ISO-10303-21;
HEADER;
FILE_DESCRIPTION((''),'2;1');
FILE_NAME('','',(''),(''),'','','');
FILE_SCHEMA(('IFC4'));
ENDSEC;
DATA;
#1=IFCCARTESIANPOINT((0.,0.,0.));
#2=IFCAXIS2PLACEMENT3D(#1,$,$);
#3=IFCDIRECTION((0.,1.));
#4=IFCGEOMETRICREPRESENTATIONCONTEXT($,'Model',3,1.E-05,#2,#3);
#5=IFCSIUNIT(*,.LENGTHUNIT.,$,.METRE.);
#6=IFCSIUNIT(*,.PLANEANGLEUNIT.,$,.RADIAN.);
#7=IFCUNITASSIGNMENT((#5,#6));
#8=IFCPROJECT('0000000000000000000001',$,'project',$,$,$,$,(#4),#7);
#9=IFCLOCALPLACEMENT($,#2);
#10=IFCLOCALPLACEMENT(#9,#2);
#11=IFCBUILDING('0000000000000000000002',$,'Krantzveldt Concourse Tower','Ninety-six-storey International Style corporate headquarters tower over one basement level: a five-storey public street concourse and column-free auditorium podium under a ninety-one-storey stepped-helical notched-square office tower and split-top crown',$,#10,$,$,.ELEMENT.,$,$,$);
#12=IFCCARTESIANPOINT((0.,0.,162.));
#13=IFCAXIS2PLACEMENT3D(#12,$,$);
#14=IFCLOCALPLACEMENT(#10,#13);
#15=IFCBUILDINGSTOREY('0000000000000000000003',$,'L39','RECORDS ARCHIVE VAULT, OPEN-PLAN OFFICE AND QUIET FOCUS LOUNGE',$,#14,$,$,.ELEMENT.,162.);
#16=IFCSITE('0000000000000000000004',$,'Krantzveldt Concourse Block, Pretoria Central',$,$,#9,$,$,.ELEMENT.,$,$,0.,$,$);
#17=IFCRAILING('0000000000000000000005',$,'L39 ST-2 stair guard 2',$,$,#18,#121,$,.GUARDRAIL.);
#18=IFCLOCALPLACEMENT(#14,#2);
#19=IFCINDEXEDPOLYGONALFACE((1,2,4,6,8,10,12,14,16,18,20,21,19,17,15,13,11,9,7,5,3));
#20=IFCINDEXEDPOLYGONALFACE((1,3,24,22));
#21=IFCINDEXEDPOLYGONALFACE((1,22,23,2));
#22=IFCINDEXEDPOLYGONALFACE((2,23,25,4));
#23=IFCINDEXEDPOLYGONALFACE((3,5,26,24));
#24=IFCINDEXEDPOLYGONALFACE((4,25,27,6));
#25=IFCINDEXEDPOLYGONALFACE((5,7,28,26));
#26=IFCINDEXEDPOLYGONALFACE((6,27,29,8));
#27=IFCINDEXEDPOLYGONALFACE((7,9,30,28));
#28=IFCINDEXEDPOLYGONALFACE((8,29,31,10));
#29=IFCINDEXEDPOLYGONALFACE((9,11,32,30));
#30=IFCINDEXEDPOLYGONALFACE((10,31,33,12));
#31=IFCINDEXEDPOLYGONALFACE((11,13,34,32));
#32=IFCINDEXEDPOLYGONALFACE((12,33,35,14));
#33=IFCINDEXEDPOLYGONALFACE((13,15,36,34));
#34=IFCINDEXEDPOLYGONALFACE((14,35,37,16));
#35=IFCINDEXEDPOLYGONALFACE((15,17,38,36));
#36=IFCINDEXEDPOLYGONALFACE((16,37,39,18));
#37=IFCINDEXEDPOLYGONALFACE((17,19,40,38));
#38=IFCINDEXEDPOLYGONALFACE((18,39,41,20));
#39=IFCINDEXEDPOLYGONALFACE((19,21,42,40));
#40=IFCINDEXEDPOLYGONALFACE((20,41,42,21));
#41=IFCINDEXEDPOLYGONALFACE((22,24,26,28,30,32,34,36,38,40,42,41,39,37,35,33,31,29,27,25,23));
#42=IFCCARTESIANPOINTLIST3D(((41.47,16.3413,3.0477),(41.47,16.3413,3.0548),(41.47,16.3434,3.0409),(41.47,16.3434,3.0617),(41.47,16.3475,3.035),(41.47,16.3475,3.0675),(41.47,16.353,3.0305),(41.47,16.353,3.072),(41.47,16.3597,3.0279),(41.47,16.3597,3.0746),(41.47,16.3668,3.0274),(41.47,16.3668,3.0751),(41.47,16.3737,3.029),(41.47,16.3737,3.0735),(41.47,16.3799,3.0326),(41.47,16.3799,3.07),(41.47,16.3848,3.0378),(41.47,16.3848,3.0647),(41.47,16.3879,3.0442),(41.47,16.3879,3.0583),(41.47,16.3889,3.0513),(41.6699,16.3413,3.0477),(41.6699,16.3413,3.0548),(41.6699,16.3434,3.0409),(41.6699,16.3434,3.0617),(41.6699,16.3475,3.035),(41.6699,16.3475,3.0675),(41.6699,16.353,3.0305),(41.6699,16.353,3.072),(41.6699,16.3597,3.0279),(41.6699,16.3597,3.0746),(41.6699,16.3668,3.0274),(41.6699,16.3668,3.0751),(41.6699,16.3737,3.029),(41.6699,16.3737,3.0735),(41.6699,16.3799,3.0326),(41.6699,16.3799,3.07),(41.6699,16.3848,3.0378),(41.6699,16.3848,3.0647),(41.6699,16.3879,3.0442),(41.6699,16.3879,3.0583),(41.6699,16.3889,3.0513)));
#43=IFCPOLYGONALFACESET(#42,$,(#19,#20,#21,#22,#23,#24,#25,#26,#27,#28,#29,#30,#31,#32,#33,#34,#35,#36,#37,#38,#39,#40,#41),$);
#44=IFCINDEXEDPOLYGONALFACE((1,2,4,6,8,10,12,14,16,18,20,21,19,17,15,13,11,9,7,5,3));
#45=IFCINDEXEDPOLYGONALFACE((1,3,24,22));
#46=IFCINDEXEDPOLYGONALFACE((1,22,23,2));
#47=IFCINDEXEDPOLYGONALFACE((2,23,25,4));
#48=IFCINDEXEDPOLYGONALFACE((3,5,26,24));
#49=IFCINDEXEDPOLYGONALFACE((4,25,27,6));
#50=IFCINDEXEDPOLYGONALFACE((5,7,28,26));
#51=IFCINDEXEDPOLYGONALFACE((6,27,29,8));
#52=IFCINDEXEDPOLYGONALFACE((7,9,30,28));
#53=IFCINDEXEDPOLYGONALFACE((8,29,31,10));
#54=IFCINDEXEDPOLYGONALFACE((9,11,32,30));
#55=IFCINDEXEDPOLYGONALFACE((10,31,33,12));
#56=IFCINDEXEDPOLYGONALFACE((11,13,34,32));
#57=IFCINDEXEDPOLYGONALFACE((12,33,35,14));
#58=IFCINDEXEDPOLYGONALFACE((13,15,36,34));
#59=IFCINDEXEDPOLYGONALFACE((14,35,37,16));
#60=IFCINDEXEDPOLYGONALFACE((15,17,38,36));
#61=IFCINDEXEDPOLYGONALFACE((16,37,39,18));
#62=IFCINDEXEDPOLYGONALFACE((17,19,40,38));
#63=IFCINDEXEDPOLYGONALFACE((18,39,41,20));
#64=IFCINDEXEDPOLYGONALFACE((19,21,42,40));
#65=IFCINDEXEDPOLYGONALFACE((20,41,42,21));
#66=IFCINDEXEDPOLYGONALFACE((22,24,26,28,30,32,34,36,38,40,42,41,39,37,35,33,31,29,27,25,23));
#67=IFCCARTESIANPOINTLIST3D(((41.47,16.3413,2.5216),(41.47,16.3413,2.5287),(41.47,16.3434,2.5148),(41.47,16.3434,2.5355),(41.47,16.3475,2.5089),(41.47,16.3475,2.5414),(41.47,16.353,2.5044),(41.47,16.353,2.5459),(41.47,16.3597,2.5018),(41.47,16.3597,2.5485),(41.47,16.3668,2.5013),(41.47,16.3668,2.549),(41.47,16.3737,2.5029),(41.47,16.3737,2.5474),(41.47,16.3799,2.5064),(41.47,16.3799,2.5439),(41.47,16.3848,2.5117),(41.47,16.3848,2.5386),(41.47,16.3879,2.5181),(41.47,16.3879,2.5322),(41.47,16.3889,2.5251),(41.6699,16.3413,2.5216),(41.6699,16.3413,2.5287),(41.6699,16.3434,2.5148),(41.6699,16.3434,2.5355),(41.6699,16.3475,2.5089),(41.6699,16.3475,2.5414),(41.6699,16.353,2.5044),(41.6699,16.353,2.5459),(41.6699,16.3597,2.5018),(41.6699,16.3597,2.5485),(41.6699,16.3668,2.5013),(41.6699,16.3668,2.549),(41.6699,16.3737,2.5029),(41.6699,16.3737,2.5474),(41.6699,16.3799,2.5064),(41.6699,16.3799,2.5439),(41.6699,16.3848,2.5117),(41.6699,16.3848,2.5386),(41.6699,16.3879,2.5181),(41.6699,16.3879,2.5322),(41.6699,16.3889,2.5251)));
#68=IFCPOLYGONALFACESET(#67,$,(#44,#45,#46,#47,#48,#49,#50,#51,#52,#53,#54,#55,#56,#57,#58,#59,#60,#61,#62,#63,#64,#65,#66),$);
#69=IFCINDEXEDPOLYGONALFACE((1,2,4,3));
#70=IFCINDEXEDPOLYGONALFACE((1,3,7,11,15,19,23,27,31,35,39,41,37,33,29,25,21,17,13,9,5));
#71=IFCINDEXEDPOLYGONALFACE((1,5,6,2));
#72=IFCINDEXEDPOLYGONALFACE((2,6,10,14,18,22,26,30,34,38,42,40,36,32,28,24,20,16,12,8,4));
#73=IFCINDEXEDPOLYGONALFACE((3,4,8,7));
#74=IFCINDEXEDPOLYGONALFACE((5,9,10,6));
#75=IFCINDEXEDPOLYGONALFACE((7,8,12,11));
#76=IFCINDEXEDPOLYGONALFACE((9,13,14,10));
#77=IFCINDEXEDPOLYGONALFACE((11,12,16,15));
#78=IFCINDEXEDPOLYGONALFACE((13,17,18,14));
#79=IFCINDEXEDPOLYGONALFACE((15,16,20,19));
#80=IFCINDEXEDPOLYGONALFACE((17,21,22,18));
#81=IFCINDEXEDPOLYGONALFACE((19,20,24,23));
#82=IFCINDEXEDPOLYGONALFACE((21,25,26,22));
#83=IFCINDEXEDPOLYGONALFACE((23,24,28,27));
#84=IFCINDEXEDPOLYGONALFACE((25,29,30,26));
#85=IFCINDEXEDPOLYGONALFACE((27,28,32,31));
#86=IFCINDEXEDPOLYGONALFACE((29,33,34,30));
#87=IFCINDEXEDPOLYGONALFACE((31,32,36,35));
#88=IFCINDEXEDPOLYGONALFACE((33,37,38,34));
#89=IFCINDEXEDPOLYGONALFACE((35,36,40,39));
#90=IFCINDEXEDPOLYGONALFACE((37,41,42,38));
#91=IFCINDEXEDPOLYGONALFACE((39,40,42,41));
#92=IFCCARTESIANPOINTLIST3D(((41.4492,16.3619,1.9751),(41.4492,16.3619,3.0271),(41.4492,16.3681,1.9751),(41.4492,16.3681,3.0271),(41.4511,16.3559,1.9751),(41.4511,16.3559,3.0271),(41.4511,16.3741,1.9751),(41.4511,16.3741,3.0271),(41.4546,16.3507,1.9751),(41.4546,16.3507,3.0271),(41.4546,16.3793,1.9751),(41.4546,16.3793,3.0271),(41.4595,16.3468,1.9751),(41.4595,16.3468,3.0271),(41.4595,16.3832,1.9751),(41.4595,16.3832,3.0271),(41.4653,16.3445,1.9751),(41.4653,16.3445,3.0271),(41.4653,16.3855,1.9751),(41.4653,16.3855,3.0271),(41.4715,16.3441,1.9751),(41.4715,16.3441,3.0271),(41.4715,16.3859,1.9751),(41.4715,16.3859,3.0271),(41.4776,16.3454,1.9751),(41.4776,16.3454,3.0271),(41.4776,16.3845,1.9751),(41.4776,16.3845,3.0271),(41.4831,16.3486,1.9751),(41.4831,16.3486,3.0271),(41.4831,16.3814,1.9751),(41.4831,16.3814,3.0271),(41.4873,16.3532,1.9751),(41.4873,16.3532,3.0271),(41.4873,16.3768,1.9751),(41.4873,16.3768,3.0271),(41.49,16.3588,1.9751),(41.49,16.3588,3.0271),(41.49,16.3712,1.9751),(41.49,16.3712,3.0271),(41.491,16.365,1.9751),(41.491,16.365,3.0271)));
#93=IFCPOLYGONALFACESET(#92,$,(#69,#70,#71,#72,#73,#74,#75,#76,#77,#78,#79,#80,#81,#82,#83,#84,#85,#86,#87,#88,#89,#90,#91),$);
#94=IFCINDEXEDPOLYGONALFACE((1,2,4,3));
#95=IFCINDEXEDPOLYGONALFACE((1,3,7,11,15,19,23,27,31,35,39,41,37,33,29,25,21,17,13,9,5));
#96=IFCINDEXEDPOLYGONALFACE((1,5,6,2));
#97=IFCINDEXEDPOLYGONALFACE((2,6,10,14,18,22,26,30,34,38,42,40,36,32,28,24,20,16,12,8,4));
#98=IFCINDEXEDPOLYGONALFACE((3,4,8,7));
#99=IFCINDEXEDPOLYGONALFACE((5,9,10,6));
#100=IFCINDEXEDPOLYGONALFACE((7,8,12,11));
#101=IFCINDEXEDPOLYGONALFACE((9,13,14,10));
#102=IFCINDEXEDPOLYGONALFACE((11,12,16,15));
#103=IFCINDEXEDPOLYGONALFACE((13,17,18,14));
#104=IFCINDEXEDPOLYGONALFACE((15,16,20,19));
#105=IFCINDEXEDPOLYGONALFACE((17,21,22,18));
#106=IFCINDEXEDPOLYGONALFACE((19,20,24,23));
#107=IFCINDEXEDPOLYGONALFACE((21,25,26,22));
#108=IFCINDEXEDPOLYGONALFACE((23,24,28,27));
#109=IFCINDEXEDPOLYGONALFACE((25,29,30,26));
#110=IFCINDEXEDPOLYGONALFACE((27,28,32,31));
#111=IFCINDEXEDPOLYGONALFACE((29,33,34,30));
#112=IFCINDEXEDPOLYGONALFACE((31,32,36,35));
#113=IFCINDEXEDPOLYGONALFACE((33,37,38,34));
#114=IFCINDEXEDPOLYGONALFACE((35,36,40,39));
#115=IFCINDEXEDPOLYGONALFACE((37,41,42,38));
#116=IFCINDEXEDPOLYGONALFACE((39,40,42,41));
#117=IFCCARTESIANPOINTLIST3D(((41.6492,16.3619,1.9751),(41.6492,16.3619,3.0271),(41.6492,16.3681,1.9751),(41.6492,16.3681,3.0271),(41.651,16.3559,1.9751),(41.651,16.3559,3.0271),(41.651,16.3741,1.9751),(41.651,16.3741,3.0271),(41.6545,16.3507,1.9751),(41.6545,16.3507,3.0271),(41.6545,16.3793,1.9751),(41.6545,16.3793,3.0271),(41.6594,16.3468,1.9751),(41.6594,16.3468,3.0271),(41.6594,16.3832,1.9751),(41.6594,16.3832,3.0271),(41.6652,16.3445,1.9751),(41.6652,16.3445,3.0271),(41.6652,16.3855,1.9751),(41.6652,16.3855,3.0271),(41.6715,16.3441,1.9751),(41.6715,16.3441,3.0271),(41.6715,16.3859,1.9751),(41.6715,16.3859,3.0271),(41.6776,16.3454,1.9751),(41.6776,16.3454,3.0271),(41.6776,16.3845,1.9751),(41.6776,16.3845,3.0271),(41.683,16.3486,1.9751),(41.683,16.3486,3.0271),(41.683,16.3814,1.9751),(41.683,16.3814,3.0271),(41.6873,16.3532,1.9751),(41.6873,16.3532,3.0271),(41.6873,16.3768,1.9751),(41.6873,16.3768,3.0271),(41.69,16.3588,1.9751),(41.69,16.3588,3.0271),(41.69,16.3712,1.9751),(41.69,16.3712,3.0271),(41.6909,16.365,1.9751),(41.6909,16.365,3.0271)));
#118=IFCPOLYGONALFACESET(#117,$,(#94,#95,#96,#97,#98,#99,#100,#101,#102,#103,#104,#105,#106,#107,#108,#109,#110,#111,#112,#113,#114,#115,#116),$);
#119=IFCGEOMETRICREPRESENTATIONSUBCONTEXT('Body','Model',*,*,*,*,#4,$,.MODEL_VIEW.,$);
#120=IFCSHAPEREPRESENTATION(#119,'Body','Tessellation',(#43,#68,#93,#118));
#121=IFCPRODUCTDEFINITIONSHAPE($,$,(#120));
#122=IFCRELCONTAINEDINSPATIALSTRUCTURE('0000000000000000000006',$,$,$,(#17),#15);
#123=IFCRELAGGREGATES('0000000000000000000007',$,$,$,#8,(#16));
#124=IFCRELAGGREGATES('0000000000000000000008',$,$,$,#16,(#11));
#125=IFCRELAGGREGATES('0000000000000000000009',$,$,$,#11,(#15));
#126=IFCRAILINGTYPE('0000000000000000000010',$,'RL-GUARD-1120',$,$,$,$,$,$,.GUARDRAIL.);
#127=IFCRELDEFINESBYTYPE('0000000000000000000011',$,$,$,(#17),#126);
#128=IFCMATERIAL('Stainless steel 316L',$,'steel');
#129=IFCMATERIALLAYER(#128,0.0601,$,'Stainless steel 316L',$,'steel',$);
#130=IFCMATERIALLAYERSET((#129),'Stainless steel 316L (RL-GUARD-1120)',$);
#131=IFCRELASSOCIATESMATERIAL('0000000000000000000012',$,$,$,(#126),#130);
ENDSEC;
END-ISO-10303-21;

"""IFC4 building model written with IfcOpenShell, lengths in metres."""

from ifc_helpers import new_model, si_unit, direction, frame, origin, origin_2d, place, context, subcontext, project, spatial, circle, extrude, material, layer, layer_set, type_object, element, save


model = new_model("IFC4")

# Units and contexts
model_context = context("Model", 3, precision=1e-05, world=origin(), true_north=direction((0.0, 1.0)))
body_context = subcontext(model_context, "Body", "Model", "MODEL_VIEW")
ifc_project = project(units=[si_unit("LENGTHUNIT", "METRE"), si_unit("PLANEANGLEUNIT", "RADIAN")], contexts=[model_context])

# Site, building, storey
site_placement = place(None, origin())
site = spatial("IfcSite", under=ifc_project, at=site_placement, Name="Krantzveldt Concourse Block, Pretoria Central", CompositionType="ELEMENT", RefElevation=0.0)
building_placement = place(site_placement, origin())
building = spatial("IfcBuilding", under=site, at=building_placement, Name="Krantzveldt Concourse Tower", Description="Ninety-six-storey International Style corporate headquarters tower over one basement level: a five-storey public street concourse and column-free auditorium podium under a ninety-one-storey stepped-helical notched-square office tower and split-top crown", CompositionType="ELEMENT")
storey_placement = place(building_placement, frame((0.0, 0.0, 162.0)))
storey = spatial("IfcBuildingStorey", under=building, at=storey_placement, Name="L39", Description="RECORDS ARCHIVE VAULT, OPEN-PLAN OFFICE AND QUIET FOCUS LOUNGE", CompositionType="ELEMENT", Elevation=162.0)

# Shared definitions
ifc_material_1 = material(Name="Stainless steel 316L", Category="steel")

# Railing
ifc_layer_1 = layer(ifc_material_1, 0.0601, Name="Stainless steel 316L", Category="steel")
ifc_layer_set_1 = layer_set([ifc_layer_1], Name="Stainless steel 316L (RL-GUARD-1120)")
railing_type = type_object("IfcRailingType", Name="RL-GUARD-1120", PredefinedType="GUARDRAIL", material=ifc_layer_set_1)
railing_placement = place(storey_placement, frame((41.47, 16.365, 1.9751)))
element("IfcRailing", 1, at=railing_placement, inside=storey, type_object=railing_type, Name="L39 ST-2 stair guard 2", PredefinedType="GUARDRAIL", context=body_context, shape_type="SweptSolid", body=[
    extrude(circle(Radius=0.0239, at=origin_2d()), frame((0.0, 0.0, 1.0762), z_axis=(1.0, 0.0, 0.0), x_axis=(0.0, 1.0, 0.0)), (0.0, 0.0, 1.0), 0.2),
    extrude(circle(Radius=0.0239, at=origin_2d()), frame((0.0, 0.0, 0.55), z_axis=(1.0, 0.0, 0.0), x_axis=(0.0, 1.0, 0.0)), (0.0, 0.0, 1.0), 0.2),
    extrude(circle(Radius=0.021, at=origin_2d()), origin(), (0.0, 0.0, 1.0), 1.052),
    extrude(circle(Radius=0.021, at=origin_2d()), frame((0.2, 0.0, 0.0)), (0.0, 0.0, 1.0), 1.052),
])

save(model, "model.ifc")
